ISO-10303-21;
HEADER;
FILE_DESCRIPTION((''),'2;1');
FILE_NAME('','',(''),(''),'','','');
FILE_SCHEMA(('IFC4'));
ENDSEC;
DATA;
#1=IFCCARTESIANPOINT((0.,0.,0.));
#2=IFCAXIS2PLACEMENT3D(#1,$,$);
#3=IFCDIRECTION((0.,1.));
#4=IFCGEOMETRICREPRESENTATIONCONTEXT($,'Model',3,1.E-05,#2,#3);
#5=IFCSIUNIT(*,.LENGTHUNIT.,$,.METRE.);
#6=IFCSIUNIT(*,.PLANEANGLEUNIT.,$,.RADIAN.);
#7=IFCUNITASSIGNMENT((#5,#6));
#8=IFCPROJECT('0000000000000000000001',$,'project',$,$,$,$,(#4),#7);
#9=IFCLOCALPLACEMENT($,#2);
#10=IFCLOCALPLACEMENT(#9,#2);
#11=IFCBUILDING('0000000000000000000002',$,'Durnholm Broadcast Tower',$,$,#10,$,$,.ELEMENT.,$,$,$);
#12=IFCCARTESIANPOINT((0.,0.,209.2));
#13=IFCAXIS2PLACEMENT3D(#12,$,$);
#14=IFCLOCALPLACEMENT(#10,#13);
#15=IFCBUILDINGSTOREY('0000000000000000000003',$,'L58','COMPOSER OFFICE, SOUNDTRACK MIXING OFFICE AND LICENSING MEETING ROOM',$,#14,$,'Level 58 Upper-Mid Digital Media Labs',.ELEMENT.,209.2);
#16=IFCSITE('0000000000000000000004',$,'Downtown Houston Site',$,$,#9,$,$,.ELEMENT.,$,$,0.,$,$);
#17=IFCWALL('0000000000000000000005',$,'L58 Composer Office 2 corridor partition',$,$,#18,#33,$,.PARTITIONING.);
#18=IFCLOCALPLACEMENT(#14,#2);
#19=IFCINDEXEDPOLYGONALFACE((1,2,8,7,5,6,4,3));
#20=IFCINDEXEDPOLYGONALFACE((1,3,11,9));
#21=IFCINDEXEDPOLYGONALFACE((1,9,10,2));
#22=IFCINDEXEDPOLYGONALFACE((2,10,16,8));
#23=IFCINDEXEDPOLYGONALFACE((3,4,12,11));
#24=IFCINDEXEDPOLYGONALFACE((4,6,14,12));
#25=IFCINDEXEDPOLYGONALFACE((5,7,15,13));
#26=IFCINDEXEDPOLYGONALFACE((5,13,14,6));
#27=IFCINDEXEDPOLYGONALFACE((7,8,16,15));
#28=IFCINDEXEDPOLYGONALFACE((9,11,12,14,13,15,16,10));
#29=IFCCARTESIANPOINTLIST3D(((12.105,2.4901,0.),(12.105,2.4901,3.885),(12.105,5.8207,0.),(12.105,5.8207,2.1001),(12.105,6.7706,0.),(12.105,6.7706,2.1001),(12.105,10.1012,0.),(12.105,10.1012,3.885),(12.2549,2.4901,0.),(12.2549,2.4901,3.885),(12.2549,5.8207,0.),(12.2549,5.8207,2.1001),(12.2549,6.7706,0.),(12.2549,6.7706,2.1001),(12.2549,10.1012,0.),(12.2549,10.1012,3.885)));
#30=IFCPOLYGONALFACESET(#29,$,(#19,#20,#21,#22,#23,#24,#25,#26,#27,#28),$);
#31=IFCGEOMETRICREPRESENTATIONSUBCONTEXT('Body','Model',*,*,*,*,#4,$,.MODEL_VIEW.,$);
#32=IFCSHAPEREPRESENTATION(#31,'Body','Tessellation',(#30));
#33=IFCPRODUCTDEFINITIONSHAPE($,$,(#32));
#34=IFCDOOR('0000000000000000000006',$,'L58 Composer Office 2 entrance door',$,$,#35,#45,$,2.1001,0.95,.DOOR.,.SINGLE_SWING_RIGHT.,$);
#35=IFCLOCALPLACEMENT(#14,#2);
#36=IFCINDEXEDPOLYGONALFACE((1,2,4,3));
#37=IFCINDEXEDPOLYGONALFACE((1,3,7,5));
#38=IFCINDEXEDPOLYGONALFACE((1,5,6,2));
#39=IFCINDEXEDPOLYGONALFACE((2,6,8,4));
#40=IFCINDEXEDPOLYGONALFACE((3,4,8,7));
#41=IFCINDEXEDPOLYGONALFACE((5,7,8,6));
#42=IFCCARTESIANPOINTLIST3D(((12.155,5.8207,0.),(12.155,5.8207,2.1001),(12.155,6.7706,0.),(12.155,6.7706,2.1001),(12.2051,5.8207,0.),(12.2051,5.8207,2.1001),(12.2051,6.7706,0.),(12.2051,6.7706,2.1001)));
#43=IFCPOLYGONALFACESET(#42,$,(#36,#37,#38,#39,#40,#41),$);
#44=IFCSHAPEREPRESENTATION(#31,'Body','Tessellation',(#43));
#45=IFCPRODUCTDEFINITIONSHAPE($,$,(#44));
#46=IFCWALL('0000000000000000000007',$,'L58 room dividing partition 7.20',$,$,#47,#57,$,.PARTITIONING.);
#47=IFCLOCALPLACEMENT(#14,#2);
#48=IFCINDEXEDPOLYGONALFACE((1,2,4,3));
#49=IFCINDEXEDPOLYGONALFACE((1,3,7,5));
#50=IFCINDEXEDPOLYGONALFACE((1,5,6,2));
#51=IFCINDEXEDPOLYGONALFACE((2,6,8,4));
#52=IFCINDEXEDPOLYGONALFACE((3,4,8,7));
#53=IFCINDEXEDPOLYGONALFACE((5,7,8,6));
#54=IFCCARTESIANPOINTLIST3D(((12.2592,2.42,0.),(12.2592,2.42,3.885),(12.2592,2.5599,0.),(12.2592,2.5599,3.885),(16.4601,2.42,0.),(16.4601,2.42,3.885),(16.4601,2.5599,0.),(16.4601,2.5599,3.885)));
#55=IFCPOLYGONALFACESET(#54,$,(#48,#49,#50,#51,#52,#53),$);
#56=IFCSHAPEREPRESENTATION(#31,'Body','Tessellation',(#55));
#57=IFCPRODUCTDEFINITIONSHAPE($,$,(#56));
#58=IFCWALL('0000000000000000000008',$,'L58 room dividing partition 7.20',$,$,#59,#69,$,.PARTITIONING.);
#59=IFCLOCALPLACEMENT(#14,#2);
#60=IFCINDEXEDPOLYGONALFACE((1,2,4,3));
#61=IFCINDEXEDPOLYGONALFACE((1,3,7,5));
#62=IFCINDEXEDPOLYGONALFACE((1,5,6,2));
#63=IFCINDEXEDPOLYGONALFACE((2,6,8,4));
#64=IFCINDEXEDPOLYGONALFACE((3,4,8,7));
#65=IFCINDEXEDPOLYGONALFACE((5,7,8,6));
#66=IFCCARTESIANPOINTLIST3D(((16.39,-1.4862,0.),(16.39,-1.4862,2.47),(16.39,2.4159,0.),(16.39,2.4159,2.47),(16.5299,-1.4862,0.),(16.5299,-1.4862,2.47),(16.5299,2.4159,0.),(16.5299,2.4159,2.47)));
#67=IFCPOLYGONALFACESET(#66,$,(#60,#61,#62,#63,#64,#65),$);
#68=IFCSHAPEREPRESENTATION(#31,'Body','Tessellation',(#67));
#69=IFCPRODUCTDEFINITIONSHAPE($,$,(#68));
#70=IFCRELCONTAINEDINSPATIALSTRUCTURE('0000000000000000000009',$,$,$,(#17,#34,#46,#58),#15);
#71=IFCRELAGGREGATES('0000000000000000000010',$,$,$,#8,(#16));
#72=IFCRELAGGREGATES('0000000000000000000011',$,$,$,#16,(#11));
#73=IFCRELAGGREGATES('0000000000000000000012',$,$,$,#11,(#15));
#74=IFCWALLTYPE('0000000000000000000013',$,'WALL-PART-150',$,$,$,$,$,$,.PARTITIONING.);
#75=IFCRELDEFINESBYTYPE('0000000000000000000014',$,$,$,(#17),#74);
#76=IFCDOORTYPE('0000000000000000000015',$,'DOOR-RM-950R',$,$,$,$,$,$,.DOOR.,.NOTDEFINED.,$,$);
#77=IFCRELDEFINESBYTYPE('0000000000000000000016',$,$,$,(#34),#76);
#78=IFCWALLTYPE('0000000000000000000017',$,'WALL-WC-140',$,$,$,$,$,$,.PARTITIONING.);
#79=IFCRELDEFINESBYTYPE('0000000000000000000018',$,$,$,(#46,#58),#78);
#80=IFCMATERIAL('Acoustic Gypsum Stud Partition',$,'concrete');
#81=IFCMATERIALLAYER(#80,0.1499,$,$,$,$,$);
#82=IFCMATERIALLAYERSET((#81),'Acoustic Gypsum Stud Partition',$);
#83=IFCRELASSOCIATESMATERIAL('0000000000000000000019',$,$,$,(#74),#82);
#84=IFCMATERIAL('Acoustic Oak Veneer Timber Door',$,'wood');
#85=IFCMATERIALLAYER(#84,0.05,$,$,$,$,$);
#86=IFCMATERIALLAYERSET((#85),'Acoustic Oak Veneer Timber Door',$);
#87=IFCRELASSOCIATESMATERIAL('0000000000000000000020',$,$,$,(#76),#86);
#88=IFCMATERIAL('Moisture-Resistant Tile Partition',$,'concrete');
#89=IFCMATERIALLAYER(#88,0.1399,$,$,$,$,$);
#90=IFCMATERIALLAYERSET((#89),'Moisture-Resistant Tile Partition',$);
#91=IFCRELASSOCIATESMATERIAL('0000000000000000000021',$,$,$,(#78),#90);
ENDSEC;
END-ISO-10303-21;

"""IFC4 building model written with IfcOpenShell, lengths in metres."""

from ifc_helpers import new_model, si_unit, direction, frame, frame_2d, origin, place, context, subcontext, project, spatial, rectangle, extrude, source, transform, mapped, material, layer, layer_set, type_object, type_shapes, element, fill, save


model = new_model("IFC4")

# Units and contexts
model_context = context("Model", 3, precision=1e-05, world=origin(), true_north=direction((0.0, 1.0)))
body_context = subcontext(model_context, "Body", "Model", "MODEL_VIEW")
ifc_project = project(units=[si_unit("LENGTHUNIT", "METRE"), si_unit("PLANEANGLEUNIT", "RADIAN")], contexts=[model_context])

# Site, building, storey
site_placement = place(None, origin())
site = spatial("IfcSite", under=ifc_project, at=site_placement, Name="Downtown Houston Site", CompositionType="ELEMENT", RefElevation=0.0)
building_placement = place(site_placement, origin())
building = spatial("IfcBuilding", under=site, at=building_placement, Name="Durnholm Broadcast Tower", CompositionType="ELEMENT")
storey_placement = place(building_placement, frame((0.0, 0.0, 209.2)))
storey = spatial("IfcBuildingStorey", under=building, at=storey_placement, Name="L58", Description="COMPOSER OFFICE, SOUNDTRACK MIXING OFFICE AND LICENSING MEETING ROOM", LongName="Level 58 Upper-Mid Digital Media Labs", CompositionType="ELEMENT", Elevation=209.2)

# Shared definitions
ifc_material_1 = material(Name="Acoustic Gypsum Stud Partition", Category="concrete")
ifc_layer_1 = layer(ifc_material_1, 0.1499)
ifc_layer_set_1 = layer_set([ifc_layer_1], Name="Acoustic Gypsum Stud Partition")
wall_type_1 = type_object("IfcWallType", Name="WALL-PART-150", PredefinedType="PARTITIONING", material=ifc_layer_set_1)
ifc_material_2 = material(Name="Acoustic Oak Veneer Timber Door", Category="wood")

# Wall, opening, door
wall_1_placement = place(storey_placement, frame((12.1799, 2.49, 0.0), z_axis=(0.0, 0.0, 1.0), x_axis=(0.0, 1.0, 0.0)))
wall_1 = element("IfcWall", 1, at=wall_1_placement, inside=storey, type_object=wall_type_1, Name="L58 Composer Office 2 corridor partition", PredefinedType="PARTITIONING", context=body_context, shape_type="SweptSolid", body=[
    extrude(rectangle(XDim=7.6111, YDim=0.1499, at=frame_2d((3.8057, 0.0))), origin(), (0.0, 0.0, 1.0), 3.885),
])
opening_1_placement = place(wall_1_placement, frame((3.3306, 0.0, 0.0)))
opening_1 = element("IfcOpeningElement", 2, at=opening_1_placement, cuts=wall_1, PredefinedType="OPENING", context=body_context, shape_type="SweptSolid", body=[
    extrude(rectangle(XDim=0.95, YDim=2.1001, at=frame_2d((0.4751, 1.05))), frame((0.0, 0.085, 0.0), z_axis=(0.0, -1.0, 0.0), x_axis=(1.0, 0.0, 0.0)), (0.0, 0.0, 1.0), 0.1699),
])
ifc_layer_2 = layer(ifc_material_2, 0.05)
ifc_layer_set_2 = layer_set([ifc_layer_2], Name="Acoustic Oak Veneer Timber Door")
door_type_1 = type_object("IfcDoorType", Name="DOOR-RM-950R", OperationType="NOTDEFINED", PredefinedType="DOOR", material=ifc_layer_set_2)
shared_shape_1 = source(origin(), body_context, "Body", "SweptSolid", [
    extrude(rectangle(XDim=0.95, YDim=2.1001, at=frame_2d((0.4751, 1.05))), frame((0.0, 0.0249, 0.0), z_axis=(0.0, -1.0, 0.0), x_axis=(1.0, 0.0, 0.0)), (0.0, 0.0, 1.0), 0.05),
])
type_shapes(door_type_1, [shared_shape_1])
door_1_placement = place(opening_1_placement, origin())
door_1 = element("IfcDoor", 3, at=door_1_placement, inside=storey, type_object=door_type_1, Name="L58 Composer Office 2 entrance door", OperationType="SINGLE_SWING_RIGHT", OverallHeight=2.1001, OverallWidth=0.95, PredefinedType="DOOR", context=body_context, shape_type="MappedRepresentation", body=[
    mapped(shared_shape_1, transform((0.0, 0.0, 0.0), x_axis=(1.0, 0.0, 0.0), y_axis=(0.0, 1.0, 0.0), z_axis=(0.0, 0.0, 1.0), scale=1.0)),
])
fill(opening_1, door_1)

# Walls
ifc_material_3 = material(Name="Moisture-Resistant Tile Partition", Category="concrete")
ifc_layer_3 = layer(ifc_material_3, 0.1399)
ifc_layer_set_3 = layer_set([ifc_layer_3], Name="Moisture-Resistant Tile Partition")
wall_type_2 = type_object("IfcWallType", Name="WALL-WC-140", PredefinedType="PARTITIONING", material=ifc_layer_set_3)
wall_2_placement = place(storey_placement, frame((12.259, 2.49, 0.0), z_axis=(0.0, 0.0, 1.0), x_axis=(1.0, 0.0, 0.0)))
element("IfcWall", 4, at=wall_2_placement, inside=storey, type_object=wall_type_2, Name="L58 room dividing partition 7.20", PredefinedType="PARTITIONING", context=body_context, shape_type="SweptSolid", body=[
    extrude(rectangle(XDim=4.2009, YDim=0.1399, at=frame_2d((2.1006, 0.0))), origin(), (0.0, 0.0, 1.0), 3.885),
])
wall_3_placement = place(storey_placement, frame((16.46, 2.416, 0.0), z_axis=(0.0, 0.0, 1.0), x_axis=(0.0, -1.0, 0.0)))
element("IfcWall", 5, at=wall_3_placement, inside=storey, type_object=wall_type_2, Name="L58 room dividing partition 7.20", PredefinedType="PARTITIONING", context=body_context, shape_type="SweptSolid", body=[
    extrude(rectangle(XDim=3.9021, YDim=0.1399, at=frame_2d((1.9512, 0.0))), origin(), (0.0, 0.0, 1.0), 2.47),
])

save(model, "model.ifc")
